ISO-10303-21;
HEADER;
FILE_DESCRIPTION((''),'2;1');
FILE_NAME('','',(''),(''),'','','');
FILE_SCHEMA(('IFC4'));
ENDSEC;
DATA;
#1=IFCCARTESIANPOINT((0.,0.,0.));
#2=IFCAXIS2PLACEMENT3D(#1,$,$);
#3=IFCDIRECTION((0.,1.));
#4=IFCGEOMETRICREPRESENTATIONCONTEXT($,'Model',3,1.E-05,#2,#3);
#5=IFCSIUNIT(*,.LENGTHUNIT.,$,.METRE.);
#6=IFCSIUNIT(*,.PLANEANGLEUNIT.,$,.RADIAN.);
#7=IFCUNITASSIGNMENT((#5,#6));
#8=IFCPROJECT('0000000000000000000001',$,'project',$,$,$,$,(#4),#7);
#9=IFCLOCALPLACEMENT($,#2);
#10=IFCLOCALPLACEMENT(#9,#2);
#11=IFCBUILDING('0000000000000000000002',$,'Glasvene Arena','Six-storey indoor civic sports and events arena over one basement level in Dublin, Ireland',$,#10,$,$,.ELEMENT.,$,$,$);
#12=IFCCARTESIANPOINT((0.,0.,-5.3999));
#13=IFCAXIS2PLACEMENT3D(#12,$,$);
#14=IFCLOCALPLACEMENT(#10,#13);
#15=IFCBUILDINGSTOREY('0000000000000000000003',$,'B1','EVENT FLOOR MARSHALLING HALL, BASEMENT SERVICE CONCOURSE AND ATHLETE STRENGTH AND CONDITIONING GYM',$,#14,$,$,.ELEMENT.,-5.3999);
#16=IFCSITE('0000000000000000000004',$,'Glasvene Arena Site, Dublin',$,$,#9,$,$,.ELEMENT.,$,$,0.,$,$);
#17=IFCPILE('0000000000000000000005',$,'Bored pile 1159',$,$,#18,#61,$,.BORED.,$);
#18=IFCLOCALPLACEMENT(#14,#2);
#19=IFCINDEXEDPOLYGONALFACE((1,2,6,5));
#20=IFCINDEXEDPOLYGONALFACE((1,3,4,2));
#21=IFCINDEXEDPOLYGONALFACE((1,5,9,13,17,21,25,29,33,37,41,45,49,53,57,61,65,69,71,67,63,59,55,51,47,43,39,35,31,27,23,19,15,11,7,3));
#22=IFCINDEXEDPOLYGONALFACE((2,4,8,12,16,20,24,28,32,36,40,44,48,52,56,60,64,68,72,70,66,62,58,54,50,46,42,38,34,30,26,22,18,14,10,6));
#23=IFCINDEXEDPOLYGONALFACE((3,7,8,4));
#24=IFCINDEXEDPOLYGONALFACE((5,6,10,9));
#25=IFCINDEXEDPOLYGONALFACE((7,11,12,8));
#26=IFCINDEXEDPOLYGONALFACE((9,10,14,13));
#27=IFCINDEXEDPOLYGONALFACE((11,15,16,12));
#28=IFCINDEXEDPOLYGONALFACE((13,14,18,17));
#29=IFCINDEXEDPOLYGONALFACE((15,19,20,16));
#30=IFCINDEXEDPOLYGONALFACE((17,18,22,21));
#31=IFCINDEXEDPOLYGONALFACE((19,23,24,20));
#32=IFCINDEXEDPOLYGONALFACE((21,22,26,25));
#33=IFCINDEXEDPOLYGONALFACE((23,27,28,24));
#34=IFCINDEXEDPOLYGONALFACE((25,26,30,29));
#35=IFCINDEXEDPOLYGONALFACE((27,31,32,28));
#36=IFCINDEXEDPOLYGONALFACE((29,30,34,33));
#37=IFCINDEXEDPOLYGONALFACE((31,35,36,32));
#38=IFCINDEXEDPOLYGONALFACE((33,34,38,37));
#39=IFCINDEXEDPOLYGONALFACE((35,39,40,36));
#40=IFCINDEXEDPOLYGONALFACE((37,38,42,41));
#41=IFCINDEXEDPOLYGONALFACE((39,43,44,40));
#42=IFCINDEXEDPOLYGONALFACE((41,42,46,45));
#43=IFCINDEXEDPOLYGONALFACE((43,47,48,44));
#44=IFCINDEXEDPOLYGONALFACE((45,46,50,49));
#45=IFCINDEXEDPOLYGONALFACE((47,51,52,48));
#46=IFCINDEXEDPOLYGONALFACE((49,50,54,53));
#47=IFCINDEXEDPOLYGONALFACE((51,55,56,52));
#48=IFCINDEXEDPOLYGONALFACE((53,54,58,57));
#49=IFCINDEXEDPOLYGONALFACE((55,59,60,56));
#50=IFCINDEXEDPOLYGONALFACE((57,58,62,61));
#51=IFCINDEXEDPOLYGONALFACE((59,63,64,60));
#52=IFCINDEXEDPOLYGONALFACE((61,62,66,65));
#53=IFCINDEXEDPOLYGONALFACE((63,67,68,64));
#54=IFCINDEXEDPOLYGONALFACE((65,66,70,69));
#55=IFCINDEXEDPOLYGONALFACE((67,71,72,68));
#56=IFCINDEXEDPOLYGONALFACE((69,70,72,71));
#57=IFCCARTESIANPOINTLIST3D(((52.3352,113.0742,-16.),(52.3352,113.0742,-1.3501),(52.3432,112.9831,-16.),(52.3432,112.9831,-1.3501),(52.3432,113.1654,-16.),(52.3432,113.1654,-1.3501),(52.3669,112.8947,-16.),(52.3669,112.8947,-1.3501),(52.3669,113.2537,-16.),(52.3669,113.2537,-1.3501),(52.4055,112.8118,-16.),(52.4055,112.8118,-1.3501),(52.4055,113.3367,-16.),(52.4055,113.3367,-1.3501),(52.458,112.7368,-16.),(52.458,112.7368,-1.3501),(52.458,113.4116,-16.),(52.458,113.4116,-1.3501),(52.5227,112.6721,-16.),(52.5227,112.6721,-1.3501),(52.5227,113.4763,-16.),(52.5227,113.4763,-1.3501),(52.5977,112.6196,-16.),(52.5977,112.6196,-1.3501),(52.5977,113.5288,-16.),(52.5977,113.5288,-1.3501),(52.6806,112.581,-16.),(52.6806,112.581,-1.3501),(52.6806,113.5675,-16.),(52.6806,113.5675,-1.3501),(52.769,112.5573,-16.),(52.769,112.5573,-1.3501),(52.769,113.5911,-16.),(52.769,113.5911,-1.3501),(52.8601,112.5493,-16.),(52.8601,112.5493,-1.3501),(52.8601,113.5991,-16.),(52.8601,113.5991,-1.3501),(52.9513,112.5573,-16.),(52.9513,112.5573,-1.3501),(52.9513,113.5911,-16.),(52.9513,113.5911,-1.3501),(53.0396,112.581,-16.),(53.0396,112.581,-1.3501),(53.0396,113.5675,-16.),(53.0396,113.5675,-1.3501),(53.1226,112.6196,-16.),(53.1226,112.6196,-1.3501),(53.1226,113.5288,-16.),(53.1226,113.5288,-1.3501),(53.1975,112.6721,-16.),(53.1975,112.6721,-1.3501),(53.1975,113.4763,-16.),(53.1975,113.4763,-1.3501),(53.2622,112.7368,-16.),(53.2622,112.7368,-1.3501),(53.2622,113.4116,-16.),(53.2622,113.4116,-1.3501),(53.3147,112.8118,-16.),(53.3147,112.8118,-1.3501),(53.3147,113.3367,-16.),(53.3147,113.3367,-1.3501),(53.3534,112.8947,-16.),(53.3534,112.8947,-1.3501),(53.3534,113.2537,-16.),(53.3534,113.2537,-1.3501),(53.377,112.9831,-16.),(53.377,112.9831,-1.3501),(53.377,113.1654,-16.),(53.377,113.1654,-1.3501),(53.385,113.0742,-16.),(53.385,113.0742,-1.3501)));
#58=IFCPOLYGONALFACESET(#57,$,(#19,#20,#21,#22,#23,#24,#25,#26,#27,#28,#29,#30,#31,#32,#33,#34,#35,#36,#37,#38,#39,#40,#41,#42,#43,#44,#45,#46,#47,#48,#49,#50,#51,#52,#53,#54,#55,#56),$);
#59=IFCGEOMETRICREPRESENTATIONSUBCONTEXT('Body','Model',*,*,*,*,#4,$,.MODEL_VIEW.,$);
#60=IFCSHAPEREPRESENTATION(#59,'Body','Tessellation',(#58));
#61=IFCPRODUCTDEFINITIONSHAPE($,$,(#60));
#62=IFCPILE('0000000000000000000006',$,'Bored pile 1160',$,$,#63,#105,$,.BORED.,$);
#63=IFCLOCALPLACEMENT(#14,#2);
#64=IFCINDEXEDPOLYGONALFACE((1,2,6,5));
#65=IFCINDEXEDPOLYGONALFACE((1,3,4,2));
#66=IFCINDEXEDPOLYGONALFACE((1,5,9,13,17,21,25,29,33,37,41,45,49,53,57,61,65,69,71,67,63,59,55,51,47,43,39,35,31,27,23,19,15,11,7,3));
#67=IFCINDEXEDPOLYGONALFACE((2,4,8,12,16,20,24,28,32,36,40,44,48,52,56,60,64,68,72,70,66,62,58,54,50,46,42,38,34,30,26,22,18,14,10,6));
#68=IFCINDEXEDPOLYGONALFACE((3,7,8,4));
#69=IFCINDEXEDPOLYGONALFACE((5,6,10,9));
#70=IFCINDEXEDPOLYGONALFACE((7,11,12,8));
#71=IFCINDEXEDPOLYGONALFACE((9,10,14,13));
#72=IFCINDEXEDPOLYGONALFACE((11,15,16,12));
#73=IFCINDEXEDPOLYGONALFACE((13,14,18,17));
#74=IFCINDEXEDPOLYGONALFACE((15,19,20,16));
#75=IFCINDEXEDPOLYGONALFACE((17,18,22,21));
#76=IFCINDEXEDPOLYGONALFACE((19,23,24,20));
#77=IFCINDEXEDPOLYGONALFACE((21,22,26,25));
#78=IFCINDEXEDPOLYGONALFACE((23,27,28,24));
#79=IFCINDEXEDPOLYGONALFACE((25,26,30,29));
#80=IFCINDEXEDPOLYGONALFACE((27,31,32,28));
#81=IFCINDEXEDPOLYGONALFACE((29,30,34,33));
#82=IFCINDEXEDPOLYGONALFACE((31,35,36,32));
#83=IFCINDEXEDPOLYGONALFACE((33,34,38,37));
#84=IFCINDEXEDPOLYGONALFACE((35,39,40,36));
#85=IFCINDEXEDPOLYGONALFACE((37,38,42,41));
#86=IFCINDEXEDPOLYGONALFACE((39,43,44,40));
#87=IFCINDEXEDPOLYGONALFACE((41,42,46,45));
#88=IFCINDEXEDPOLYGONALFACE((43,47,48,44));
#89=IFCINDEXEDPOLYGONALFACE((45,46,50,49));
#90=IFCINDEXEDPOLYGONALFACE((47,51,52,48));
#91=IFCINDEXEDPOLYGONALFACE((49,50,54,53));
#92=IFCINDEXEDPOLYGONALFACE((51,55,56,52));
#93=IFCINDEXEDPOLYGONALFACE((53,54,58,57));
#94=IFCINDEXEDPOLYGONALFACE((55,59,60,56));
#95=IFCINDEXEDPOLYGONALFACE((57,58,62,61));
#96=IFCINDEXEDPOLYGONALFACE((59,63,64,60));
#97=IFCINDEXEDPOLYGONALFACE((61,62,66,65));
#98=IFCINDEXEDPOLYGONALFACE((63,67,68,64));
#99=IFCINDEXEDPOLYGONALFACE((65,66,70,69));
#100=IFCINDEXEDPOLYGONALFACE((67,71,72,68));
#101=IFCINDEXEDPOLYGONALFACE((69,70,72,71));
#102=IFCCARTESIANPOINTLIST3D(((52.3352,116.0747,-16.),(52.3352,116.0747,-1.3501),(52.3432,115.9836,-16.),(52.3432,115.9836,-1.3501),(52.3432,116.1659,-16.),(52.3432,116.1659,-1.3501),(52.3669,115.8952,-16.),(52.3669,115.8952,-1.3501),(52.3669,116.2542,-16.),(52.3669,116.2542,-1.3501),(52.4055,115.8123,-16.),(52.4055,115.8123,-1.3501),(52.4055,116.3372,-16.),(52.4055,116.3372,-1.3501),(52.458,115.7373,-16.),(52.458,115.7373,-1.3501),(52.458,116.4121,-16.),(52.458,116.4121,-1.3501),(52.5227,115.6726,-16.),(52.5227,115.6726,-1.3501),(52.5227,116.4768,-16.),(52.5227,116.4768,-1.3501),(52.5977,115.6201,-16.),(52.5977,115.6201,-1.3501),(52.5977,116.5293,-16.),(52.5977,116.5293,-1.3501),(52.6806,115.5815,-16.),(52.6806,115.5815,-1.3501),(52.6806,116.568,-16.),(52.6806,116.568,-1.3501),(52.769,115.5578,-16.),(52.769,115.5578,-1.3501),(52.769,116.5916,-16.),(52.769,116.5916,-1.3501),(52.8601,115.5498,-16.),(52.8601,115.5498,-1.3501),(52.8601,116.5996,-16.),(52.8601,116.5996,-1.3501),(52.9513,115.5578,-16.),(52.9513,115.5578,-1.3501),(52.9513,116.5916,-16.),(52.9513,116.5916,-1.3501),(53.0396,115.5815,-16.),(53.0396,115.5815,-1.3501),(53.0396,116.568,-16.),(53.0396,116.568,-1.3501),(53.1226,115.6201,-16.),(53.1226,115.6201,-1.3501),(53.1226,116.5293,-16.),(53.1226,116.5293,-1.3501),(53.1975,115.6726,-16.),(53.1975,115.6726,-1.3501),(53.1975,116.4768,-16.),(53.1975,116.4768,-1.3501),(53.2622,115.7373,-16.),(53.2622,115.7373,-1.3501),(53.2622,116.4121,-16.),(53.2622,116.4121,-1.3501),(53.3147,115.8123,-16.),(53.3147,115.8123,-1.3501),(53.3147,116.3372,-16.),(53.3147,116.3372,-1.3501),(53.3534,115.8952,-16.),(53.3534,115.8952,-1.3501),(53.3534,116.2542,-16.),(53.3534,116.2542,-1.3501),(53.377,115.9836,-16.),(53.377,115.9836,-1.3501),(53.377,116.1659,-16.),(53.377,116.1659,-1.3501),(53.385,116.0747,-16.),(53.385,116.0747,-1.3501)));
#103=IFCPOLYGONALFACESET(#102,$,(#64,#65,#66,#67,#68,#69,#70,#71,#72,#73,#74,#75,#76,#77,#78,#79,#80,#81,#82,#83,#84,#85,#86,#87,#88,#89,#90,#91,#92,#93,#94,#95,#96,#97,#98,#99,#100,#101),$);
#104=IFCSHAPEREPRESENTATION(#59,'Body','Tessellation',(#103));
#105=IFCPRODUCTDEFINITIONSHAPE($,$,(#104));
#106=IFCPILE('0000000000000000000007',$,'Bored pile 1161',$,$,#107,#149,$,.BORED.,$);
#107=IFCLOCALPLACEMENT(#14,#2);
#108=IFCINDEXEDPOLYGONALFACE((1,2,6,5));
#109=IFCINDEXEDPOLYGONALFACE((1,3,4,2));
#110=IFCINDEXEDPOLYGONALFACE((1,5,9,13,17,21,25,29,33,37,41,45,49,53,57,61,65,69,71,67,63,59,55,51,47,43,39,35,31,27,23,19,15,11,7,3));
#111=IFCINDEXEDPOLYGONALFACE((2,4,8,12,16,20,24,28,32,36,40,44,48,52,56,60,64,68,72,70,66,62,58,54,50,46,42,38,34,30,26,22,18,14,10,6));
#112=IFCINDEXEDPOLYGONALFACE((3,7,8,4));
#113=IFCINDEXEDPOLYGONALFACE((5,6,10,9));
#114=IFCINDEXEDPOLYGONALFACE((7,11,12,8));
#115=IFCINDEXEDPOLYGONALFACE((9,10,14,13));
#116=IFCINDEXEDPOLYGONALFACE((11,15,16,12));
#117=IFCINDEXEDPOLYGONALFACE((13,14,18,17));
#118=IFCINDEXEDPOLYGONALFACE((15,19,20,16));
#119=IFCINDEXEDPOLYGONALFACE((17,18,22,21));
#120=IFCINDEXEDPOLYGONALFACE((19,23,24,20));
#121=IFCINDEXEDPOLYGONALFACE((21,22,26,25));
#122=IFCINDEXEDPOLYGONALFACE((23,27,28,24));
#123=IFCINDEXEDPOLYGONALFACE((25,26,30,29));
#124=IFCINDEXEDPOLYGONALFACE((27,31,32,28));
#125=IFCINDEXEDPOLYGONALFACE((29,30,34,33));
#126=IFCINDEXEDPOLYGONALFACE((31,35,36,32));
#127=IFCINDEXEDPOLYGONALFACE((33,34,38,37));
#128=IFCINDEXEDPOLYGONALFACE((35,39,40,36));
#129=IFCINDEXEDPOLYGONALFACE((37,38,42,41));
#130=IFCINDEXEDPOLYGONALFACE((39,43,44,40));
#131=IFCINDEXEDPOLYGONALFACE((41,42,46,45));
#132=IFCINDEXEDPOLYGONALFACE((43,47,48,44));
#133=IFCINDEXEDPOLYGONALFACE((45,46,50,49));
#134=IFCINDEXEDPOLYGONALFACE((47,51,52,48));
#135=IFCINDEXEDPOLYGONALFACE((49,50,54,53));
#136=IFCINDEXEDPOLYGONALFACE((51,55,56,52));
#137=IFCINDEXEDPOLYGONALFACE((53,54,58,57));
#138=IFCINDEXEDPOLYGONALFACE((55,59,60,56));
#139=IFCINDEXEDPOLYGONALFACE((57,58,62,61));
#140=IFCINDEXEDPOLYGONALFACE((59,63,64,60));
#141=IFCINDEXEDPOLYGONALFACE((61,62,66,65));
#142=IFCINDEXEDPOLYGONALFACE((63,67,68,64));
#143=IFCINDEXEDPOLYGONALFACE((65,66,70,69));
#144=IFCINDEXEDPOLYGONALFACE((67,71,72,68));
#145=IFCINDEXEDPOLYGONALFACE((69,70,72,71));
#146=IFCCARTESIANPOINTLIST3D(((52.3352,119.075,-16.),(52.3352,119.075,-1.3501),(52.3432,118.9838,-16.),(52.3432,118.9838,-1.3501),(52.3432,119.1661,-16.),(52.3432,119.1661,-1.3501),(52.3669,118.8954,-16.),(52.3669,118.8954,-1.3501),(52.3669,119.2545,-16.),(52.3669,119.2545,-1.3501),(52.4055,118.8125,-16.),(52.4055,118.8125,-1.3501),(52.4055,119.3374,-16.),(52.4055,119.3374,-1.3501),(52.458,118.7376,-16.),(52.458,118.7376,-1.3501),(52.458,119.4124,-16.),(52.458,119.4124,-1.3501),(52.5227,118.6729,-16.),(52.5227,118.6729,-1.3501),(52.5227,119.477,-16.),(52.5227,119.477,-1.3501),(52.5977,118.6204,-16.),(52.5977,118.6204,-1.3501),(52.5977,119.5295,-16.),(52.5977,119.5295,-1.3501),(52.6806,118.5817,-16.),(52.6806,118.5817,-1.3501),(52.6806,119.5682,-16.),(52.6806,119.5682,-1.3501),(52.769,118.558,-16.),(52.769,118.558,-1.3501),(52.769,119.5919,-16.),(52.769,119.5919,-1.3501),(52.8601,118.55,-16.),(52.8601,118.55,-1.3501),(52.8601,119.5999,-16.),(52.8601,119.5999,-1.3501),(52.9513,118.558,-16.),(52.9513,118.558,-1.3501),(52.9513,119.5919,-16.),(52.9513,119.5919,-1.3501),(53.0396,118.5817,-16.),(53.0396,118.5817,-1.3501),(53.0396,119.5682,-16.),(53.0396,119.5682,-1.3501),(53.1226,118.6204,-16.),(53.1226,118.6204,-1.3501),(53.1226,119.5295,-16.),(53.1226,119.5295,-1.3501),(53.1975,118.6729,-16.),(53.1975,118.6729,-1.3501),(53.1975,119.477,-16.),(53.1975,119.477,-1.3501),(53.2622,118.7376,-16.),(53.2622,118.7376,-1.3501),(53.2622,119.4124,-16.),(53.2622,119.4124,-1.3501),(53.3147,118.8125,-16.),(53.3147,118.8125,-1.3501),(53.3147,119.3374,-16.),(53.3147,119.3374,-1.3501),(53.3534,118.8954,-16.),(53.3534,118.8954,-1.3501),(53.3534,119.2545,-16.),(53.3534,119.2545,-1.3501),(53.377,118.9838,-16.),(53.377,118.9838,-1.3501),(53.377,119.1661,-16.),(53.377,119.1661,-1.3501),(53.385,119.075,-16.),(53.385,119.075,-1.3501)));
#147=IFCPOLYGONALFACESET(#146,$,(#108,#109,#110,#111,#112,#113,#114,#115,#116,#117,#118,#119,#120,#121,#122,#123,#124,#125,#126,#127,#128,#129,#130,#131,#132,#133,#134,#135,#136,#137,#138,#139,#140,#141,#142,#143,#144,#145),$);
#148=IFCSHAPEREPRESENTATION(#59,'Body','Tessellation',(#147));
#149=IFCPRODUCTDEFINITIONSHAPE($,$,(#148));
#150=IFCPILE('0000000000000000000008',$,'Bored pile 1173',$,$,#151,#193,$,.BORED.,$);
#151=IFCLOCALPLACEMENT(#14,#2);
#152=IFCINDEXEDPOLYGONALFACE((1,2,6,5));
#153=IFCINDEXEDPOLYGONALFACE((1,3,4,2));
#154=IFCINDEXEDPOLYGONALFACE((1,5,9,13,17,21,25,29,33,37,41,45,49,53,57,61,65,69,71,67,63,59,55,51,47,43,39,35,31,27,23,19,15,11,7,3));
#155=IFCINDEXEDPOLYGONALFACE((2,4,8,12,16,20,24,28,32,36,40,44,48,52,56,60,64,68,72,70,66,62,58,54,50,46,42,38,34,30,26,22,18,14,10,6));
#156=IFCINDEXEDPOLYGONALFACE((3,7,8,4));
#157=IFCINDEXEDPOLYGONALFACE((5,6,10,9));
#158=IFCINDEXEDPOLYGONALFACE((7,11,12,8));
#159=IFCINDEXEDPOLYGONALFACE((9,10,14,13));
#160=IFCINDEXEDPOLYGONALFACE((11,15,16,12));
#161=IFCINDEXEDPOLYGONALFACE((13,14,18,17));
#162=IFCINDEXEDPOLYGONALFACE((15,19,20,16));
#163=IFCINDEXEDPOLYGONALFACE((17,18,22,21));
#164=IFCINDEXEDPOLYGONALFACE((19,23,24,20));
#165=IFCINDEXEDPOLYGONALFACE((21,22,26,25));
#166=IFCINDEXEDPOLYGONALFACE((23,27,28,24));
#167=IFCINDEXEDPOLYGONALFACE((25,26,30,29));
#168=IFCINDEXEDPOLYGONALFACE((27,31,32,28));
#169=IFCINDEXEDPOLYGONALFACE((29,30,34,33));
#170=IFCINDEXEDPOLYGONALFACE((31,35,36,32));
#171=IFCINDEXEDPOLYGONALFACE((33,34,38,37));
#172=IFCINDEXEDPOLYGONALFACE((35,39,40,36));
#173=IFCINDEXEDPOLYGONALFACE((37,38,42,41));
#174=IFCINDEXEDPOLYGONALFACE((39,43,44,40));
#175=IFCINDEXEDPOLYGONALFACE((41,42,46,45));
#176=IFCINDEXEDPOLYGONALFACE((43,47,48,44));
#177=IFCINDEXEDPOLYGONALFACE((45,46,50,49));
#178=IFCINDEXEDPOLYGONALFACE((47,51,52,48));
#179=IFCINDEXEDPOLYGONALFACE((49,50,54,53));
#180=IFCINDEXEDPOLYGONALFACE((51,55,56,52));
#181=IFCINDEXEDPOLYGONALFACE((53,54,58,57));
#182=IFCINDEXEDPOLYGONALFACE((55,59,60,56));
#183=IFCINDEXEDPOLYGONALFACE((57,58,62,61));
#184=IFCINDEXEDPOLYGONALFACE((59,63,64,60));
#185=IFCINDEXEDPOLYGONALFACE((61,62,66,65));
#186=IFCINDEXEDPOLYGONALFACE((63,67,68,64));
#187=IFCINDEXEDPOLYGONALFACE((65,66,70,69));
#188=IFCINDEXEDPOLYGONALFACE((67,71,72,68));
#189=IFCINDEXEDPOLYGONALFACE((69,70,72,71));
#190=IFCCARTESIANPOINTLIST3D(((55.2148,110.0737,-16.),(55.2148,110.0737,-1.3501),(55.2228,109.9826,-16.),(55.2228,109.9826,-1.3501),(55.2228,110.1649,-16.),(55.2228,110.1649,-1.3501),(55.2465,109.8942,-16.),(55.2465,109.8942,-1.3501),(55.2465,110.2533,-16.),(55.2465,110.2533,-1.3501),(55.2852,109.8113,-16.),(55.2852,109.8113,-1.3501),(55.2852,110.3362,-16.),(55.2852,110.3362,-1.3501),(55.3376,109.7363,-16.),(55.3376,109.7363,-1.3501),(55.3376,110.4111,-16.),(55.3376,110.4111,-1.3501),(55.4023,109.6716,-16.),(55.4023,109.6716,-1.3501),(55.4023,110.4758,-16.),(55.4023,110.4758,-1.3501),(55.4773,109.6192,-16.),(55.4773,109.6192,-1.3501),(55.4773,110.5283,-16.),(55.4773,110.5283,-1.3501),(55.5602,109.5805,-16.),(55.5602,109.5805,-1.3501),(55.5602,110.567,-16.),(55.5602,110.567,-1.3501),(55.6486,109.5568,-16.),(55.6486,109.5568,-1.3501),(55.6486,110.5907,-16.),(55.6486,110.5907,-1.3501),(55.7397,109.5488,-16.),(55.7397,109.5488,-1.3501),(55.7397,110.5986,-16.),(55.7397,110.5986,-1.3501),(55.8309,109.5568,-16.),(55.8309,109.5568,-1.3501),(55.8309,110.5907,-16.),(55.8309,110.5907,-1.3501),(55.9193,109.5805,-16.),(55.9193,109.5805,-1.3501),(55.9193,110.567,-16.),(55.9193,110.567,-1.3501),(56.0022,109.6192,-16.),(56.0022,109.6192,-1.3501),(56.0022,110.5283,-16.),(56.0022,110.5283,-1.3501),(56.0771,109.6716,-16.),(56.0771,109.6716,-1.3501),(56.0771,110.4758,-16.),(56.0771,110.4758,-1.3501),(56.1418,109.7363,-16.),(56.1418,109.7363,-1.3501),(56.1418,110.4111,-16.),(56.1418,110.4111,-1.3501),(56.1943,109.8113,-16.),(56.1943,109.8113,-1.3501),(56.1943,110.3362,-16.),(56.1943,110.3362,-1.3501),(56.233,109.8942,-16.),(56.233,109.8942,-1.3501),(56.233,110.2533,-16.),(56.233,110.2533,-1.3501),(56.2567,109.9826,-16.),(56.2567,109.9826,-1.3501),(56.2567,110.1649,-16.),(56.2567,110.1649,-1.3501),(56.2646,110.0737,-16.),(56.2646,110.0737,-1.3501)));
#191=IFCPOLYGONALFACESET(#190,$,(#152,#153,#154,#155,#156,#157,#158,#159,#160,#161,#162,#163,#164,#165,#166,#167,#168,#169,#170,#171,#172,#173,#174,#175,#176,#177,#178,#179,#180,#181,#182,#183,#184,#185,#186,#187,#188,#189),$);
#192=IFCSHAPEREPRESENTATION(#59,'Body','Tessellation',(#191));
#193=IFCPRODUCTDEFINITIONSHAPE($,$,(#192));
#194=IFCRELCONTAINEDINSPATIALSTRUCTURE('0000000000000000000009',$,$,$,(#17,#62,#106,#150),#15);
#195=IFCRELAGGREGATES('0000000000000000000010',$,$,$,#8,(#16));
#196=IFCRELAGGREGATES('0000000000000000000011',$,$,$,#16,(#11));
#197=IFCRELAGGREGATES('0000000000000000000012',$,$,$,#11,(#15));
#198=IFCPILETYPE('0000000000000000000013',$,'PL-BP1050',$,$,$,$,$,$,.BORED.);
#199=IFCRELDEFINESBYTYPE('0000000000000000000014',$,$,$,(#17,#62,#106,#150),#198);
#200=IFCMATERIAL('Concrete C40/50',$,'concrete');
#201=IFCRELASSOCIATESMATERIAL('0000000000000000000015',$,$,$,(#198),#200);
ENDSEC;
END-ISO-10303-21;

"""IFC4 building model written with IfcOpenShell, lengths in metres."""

from ifc_helpers import new_model, si_unit, direction, frame, origin, origin_2d, place, context, subcontext, project, spatial, circle, extrude, material, material_profile, profile_set, type_object, element, save


model = new_model("IFC4")

# Units and contexts
model_context = context("Model", 3, precision=1e-05, world=origin(), true_north=direction((0.0, 1.0)))
body_context = subcontext(model_context, "Body", "Model", "MODEL_VIEW")
ifc_project = project(units=[si_unit("LENGTHUNIT", "METRE"), si_unit("PLANEANGLEUNIT", "RADIAN")], contexts=[model_context])

# Site, building, storey
site_placement = place(None, origin())
site = spatial("IfcSite", under=ifc_project, at=site_placement, Name="Glasvene Arena Site, Dublin", CompositionType="ELEMENT", RefElevation=0.0)
building_placement = place(site_placement, origin())
building = spatial("IfcBuilding", under=site, at=building_placement, Name="Glasvene Arena", Description="Six-storey indoor civic sports and events arena over one basement level in Dublin, Ireland", CompositionType="ELEMENT")
storey_placement = place(building_placement, frame((0.0, 0.0, -5.3999)))
storey = spatial("IfcBuildingStorey", under=building, at=storey_placement, Name="B1", Description="EVENT FLOOR MARSHALLING HALL, BASEMENT SERVICE CONCOURSE AND ATHLETE STRENGTH AND CONDITIONING GYM", CompositionType="ELEMENT", Elevation=-5.3999)

# Piles
ifc_material = material(Name="Concrete C40/50", Category="concrete")
ifc_material_profile_1 = material_profile(ifc_material, circle(Radius=0.5249, at=origin_2d()), Name="BORED PILE 1050")
ifc_profile_set_1 = profile_set([ifc_material_profile_1], Name="Concrete C40/50")
pile_type = type_object("IfcPileType", Name="PL-BP1050", PredefinedType="BORED", material=ifc_profile_set_1)
for number, where, z_axis, x_axis, name in (
    (1, (52.8601, 113.0742, -1.3501), (0.0, 0.0, -1.0), (1.0, 0.0, 0.0), "Bored pile 1159"),
    (2, (52.8601, 116.0747, -1.3501), (0.0, 0.0, -1.0), (1.0, 0.0, 0.0), "Bored pile 1160"),
    (3, (52.8601, 119.075, -1.3501), (0.0, 0.0, -1.0), (1.0, 0.0, 0.0), "Bored pile 1161"),
    (4, (55.7397, 110.0737, -1.3501), (0.0, 0.0, -1.0), (1.0, 0.0, 0.0), "Bored pile 1173"),
):
    element("IfcPile", number, at=place(storey_placement, frame(where, z_axis=z_axis, x_axis=x_axis)), inside=storey, type_object=pile_type, Name=name, PredefinedType="BORED", context=body_context, shape_type="SweptSolid", body=[
        extrude(circle(Radius=0.5249, at=origin_2d()), origin(), (0.0, 0.0, 1.0), 14.6499),
    ])

save(model, "model.ifc")
